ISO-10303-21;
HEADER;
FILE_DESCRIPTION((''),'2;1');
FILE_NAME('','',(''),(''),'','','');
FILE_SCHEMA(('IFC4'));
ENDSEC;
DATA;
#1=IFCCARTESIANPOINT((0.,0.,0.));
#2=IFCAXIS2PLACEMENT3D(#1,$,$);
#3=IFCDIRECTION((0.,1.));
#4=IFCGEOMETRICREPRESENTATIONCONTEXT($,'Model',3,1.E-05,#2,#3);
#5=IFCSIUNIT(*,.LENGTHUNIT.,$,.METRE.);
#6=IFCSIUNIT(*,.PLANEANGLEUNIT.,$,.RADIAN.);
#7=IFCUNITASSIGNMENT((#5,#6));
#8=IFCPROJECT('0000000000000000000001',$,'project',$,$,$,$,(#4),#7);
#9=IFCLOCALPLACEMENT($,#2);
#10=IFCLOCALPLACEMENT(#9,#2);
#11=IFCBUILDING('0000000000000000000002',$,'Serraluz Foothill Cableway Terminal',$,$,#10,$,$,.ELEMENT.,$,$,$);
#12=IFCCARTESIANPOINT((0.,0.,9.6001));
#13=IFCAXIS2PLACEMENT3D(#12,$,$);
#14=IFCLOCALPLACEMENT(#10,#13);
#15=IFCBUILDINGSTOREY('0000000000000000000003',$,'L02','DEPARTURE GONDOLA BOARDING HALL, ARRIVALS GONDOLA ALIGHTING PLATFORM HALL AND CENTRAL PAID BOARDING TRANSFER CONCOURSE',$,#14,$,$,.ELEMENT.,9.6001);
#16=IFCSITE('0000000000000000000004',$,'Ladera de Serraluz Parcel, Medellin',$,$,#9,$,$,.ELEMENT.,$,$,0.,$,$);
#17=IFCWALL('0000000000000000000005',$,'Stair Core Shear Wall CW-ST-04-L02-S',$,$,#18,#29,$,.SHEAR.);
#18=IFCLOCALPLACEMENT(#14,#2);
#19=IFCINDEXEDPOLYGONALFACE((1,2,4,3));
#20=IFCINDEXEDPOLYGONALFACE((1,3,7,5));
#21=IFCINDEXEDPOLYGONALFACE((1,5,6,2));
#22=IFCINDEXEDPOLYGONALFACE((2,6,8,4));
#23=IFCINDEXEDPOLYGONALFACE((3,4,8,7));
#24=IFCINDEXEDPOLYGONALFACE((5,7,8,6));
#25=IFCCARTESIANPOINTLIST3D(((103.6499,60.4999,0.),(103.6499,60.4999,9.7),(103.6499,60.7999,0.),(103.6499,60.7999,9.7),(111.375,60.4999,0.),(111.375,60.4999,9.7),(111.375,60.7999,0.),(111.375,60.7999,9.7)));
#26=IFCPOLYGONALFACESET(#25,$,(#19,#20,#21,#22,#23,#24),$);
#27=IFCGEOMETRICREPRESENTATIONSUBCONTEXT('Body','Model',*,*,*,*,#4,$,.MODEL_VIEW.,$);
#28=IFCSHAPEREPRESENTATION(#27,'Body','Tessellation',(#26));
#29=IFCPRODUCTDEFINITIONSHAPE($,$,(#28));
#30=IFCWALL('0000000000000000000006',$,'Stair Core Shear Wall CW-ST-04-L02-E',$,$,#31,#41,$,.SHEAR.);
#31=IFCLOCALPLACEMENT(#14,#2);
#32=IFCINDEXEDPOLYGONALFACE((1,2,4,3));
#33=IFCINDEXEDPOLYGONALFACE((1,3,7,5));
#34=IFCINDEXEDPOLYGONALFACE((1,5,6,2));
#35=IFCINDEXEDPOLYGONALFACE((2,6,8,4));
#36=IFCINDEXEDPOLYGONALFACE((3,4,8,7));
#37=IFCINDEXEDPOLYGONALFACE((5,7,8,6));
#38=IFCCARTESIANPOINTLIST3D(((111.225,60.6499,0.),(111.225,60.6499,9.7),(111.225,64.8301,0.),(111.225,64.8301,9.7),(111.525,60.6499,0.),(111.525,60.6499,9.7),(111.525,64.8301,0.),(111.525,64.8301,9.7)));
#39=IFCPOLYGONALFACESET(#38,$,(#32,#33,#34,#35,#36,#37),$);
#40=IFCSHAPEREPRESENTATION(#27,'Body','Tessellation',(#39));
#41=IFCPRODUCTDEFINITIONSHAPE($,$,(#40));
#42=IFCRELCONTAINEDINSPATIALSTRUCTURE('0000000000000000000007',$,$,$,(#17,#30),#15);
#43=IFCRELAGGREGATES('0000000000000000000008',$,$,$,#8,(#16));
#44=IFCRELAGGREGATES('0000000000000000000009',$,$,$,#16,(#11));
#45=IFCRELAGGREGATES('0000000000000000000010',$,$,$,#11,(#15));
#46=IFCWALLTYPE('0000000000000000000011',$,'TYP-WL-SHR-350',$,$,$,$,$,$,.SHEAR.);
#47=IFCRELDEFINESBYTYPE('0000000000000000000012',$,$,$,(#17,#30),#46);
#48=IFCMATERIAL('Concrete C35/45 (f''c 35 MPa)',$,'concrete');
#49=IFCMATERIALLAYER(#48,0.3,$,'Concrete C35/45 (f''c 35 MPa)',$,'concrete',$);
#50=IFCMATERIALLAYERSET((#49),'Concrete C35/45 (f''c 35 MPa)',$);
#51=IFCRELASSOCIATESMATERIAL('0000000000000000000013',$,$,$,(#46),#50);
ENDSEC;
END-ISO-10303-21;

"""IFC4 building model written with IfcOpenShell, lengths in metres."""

from ifc_helpers import new_model, si_unit, direction, frame, frame_2d, origin, place, context, subcontext, project, spatial, rectangle, extrude, material, layer, layer_set, type_object, element, save


model = new_model("IFC4")

# Units and contexts
model_context = context("Model", 3, precision=1e-05, world=origin(), true_north=direction((0.0, 1.0)))
body_context = subcontext(model_context, "Body", "Model", "MODEL_VIEW")
ifc_project = project(units=[si_unit("LENGTHUNIT", "METRE"), si_unit("PLANEANGLEUNIT", "RADIAN")], contexts=[model_context])

# Site, building, storey
site_placement = place(None, origin())
site = spatial("IfcSite", under=ifc_project, at=site_placement, Name="Ladera de Serraluz Parcel, Medellin", CompositionType="ELEMENT", RefElevation=0.0)
building_placement = place(site_placement, origin())
building = spatial("IfcBuilding", under=site, at=building_placement, Name="Serraluz Foothill Cableway Terminal", CompositionType="ELEMENT")
storey_placement = place(building_placement, frame((0.0, 0.0, 9.6001)))
storey = spatial("IfcBuildingStorey", under=building, at=storey_placement, Name="L02", Description="DEPARTURE GONDOLA BOARDING HALL, ARRIVALS GONDOLA ALIGHTING PLATFORM HALL AND CENTRAL PAID BOARDING TRANSFER CONCOURSE", CompositionType="ELEMENT", Elevation=9.6001)

# Walls
ifc_material_1 = material(Name="Concrete C35/45 (f'c 35 MPa)", Category="concrete")
ifc_layer_1 = layer(ifc_material_1, 0.3, Name="Concrete C35/45 (f'c 35 MPa)", Category="concrete")
ifc_layer_set_1 = layer_set([ifc_layer_1], Name="Concrete C35/45 (f'c 35 MPa)")
wall_type_1 = type_object("IfcWallType", Name="TYP-WL-SHR-350", PredefinedType="SHEAR", material=ifc_layer_set_1)
wall_1_placement = place(storey_placement, frame((111.375, 60.6499, 0.0), z_axis=(0.0, 0.0, 1.0), x_axis=(-1.0, 0.0, 0.0)))
element("IfcWall", 1, at=wall_1_placement, inside=storey, type_object=wall_type_1, Name="Stair Core Shear Wall CW-ST-04-L02-S", PredefinedType="SHEAR", context=body_context, shape_type="SweptSolid", body=[
    extrude(rectangle(XDim=7.7251, YDim=0.3, at=frame_2d((3.8625, 0.0))), origin(), (0.0, 0.0, 1.0), 9.7),
])
wall_2_placement = place(storey_placement, frame((111.375, 64.8301, 0.0), z_axis=(0.0, 0.0, 1.0), x_axis=(0.0, -1.0, 0.0)))
element("IfcWall", 2, at=wall_2_placement, inside=storey, type_object=wall_type_1, Name="Stair Core Shear Wall CW-ST-04-L02-E", PredefinedType="SHEAR", context=body_context, shape_type="SweptSolid", body=[
    extrude(rectangle(XDim=4.1802, YDim=0.3, at=frame_2d((2.0901, 0.0))), origin(), (0.0, 0.0, 1.0), 9.7),
])

save(model, "model.ifc")
